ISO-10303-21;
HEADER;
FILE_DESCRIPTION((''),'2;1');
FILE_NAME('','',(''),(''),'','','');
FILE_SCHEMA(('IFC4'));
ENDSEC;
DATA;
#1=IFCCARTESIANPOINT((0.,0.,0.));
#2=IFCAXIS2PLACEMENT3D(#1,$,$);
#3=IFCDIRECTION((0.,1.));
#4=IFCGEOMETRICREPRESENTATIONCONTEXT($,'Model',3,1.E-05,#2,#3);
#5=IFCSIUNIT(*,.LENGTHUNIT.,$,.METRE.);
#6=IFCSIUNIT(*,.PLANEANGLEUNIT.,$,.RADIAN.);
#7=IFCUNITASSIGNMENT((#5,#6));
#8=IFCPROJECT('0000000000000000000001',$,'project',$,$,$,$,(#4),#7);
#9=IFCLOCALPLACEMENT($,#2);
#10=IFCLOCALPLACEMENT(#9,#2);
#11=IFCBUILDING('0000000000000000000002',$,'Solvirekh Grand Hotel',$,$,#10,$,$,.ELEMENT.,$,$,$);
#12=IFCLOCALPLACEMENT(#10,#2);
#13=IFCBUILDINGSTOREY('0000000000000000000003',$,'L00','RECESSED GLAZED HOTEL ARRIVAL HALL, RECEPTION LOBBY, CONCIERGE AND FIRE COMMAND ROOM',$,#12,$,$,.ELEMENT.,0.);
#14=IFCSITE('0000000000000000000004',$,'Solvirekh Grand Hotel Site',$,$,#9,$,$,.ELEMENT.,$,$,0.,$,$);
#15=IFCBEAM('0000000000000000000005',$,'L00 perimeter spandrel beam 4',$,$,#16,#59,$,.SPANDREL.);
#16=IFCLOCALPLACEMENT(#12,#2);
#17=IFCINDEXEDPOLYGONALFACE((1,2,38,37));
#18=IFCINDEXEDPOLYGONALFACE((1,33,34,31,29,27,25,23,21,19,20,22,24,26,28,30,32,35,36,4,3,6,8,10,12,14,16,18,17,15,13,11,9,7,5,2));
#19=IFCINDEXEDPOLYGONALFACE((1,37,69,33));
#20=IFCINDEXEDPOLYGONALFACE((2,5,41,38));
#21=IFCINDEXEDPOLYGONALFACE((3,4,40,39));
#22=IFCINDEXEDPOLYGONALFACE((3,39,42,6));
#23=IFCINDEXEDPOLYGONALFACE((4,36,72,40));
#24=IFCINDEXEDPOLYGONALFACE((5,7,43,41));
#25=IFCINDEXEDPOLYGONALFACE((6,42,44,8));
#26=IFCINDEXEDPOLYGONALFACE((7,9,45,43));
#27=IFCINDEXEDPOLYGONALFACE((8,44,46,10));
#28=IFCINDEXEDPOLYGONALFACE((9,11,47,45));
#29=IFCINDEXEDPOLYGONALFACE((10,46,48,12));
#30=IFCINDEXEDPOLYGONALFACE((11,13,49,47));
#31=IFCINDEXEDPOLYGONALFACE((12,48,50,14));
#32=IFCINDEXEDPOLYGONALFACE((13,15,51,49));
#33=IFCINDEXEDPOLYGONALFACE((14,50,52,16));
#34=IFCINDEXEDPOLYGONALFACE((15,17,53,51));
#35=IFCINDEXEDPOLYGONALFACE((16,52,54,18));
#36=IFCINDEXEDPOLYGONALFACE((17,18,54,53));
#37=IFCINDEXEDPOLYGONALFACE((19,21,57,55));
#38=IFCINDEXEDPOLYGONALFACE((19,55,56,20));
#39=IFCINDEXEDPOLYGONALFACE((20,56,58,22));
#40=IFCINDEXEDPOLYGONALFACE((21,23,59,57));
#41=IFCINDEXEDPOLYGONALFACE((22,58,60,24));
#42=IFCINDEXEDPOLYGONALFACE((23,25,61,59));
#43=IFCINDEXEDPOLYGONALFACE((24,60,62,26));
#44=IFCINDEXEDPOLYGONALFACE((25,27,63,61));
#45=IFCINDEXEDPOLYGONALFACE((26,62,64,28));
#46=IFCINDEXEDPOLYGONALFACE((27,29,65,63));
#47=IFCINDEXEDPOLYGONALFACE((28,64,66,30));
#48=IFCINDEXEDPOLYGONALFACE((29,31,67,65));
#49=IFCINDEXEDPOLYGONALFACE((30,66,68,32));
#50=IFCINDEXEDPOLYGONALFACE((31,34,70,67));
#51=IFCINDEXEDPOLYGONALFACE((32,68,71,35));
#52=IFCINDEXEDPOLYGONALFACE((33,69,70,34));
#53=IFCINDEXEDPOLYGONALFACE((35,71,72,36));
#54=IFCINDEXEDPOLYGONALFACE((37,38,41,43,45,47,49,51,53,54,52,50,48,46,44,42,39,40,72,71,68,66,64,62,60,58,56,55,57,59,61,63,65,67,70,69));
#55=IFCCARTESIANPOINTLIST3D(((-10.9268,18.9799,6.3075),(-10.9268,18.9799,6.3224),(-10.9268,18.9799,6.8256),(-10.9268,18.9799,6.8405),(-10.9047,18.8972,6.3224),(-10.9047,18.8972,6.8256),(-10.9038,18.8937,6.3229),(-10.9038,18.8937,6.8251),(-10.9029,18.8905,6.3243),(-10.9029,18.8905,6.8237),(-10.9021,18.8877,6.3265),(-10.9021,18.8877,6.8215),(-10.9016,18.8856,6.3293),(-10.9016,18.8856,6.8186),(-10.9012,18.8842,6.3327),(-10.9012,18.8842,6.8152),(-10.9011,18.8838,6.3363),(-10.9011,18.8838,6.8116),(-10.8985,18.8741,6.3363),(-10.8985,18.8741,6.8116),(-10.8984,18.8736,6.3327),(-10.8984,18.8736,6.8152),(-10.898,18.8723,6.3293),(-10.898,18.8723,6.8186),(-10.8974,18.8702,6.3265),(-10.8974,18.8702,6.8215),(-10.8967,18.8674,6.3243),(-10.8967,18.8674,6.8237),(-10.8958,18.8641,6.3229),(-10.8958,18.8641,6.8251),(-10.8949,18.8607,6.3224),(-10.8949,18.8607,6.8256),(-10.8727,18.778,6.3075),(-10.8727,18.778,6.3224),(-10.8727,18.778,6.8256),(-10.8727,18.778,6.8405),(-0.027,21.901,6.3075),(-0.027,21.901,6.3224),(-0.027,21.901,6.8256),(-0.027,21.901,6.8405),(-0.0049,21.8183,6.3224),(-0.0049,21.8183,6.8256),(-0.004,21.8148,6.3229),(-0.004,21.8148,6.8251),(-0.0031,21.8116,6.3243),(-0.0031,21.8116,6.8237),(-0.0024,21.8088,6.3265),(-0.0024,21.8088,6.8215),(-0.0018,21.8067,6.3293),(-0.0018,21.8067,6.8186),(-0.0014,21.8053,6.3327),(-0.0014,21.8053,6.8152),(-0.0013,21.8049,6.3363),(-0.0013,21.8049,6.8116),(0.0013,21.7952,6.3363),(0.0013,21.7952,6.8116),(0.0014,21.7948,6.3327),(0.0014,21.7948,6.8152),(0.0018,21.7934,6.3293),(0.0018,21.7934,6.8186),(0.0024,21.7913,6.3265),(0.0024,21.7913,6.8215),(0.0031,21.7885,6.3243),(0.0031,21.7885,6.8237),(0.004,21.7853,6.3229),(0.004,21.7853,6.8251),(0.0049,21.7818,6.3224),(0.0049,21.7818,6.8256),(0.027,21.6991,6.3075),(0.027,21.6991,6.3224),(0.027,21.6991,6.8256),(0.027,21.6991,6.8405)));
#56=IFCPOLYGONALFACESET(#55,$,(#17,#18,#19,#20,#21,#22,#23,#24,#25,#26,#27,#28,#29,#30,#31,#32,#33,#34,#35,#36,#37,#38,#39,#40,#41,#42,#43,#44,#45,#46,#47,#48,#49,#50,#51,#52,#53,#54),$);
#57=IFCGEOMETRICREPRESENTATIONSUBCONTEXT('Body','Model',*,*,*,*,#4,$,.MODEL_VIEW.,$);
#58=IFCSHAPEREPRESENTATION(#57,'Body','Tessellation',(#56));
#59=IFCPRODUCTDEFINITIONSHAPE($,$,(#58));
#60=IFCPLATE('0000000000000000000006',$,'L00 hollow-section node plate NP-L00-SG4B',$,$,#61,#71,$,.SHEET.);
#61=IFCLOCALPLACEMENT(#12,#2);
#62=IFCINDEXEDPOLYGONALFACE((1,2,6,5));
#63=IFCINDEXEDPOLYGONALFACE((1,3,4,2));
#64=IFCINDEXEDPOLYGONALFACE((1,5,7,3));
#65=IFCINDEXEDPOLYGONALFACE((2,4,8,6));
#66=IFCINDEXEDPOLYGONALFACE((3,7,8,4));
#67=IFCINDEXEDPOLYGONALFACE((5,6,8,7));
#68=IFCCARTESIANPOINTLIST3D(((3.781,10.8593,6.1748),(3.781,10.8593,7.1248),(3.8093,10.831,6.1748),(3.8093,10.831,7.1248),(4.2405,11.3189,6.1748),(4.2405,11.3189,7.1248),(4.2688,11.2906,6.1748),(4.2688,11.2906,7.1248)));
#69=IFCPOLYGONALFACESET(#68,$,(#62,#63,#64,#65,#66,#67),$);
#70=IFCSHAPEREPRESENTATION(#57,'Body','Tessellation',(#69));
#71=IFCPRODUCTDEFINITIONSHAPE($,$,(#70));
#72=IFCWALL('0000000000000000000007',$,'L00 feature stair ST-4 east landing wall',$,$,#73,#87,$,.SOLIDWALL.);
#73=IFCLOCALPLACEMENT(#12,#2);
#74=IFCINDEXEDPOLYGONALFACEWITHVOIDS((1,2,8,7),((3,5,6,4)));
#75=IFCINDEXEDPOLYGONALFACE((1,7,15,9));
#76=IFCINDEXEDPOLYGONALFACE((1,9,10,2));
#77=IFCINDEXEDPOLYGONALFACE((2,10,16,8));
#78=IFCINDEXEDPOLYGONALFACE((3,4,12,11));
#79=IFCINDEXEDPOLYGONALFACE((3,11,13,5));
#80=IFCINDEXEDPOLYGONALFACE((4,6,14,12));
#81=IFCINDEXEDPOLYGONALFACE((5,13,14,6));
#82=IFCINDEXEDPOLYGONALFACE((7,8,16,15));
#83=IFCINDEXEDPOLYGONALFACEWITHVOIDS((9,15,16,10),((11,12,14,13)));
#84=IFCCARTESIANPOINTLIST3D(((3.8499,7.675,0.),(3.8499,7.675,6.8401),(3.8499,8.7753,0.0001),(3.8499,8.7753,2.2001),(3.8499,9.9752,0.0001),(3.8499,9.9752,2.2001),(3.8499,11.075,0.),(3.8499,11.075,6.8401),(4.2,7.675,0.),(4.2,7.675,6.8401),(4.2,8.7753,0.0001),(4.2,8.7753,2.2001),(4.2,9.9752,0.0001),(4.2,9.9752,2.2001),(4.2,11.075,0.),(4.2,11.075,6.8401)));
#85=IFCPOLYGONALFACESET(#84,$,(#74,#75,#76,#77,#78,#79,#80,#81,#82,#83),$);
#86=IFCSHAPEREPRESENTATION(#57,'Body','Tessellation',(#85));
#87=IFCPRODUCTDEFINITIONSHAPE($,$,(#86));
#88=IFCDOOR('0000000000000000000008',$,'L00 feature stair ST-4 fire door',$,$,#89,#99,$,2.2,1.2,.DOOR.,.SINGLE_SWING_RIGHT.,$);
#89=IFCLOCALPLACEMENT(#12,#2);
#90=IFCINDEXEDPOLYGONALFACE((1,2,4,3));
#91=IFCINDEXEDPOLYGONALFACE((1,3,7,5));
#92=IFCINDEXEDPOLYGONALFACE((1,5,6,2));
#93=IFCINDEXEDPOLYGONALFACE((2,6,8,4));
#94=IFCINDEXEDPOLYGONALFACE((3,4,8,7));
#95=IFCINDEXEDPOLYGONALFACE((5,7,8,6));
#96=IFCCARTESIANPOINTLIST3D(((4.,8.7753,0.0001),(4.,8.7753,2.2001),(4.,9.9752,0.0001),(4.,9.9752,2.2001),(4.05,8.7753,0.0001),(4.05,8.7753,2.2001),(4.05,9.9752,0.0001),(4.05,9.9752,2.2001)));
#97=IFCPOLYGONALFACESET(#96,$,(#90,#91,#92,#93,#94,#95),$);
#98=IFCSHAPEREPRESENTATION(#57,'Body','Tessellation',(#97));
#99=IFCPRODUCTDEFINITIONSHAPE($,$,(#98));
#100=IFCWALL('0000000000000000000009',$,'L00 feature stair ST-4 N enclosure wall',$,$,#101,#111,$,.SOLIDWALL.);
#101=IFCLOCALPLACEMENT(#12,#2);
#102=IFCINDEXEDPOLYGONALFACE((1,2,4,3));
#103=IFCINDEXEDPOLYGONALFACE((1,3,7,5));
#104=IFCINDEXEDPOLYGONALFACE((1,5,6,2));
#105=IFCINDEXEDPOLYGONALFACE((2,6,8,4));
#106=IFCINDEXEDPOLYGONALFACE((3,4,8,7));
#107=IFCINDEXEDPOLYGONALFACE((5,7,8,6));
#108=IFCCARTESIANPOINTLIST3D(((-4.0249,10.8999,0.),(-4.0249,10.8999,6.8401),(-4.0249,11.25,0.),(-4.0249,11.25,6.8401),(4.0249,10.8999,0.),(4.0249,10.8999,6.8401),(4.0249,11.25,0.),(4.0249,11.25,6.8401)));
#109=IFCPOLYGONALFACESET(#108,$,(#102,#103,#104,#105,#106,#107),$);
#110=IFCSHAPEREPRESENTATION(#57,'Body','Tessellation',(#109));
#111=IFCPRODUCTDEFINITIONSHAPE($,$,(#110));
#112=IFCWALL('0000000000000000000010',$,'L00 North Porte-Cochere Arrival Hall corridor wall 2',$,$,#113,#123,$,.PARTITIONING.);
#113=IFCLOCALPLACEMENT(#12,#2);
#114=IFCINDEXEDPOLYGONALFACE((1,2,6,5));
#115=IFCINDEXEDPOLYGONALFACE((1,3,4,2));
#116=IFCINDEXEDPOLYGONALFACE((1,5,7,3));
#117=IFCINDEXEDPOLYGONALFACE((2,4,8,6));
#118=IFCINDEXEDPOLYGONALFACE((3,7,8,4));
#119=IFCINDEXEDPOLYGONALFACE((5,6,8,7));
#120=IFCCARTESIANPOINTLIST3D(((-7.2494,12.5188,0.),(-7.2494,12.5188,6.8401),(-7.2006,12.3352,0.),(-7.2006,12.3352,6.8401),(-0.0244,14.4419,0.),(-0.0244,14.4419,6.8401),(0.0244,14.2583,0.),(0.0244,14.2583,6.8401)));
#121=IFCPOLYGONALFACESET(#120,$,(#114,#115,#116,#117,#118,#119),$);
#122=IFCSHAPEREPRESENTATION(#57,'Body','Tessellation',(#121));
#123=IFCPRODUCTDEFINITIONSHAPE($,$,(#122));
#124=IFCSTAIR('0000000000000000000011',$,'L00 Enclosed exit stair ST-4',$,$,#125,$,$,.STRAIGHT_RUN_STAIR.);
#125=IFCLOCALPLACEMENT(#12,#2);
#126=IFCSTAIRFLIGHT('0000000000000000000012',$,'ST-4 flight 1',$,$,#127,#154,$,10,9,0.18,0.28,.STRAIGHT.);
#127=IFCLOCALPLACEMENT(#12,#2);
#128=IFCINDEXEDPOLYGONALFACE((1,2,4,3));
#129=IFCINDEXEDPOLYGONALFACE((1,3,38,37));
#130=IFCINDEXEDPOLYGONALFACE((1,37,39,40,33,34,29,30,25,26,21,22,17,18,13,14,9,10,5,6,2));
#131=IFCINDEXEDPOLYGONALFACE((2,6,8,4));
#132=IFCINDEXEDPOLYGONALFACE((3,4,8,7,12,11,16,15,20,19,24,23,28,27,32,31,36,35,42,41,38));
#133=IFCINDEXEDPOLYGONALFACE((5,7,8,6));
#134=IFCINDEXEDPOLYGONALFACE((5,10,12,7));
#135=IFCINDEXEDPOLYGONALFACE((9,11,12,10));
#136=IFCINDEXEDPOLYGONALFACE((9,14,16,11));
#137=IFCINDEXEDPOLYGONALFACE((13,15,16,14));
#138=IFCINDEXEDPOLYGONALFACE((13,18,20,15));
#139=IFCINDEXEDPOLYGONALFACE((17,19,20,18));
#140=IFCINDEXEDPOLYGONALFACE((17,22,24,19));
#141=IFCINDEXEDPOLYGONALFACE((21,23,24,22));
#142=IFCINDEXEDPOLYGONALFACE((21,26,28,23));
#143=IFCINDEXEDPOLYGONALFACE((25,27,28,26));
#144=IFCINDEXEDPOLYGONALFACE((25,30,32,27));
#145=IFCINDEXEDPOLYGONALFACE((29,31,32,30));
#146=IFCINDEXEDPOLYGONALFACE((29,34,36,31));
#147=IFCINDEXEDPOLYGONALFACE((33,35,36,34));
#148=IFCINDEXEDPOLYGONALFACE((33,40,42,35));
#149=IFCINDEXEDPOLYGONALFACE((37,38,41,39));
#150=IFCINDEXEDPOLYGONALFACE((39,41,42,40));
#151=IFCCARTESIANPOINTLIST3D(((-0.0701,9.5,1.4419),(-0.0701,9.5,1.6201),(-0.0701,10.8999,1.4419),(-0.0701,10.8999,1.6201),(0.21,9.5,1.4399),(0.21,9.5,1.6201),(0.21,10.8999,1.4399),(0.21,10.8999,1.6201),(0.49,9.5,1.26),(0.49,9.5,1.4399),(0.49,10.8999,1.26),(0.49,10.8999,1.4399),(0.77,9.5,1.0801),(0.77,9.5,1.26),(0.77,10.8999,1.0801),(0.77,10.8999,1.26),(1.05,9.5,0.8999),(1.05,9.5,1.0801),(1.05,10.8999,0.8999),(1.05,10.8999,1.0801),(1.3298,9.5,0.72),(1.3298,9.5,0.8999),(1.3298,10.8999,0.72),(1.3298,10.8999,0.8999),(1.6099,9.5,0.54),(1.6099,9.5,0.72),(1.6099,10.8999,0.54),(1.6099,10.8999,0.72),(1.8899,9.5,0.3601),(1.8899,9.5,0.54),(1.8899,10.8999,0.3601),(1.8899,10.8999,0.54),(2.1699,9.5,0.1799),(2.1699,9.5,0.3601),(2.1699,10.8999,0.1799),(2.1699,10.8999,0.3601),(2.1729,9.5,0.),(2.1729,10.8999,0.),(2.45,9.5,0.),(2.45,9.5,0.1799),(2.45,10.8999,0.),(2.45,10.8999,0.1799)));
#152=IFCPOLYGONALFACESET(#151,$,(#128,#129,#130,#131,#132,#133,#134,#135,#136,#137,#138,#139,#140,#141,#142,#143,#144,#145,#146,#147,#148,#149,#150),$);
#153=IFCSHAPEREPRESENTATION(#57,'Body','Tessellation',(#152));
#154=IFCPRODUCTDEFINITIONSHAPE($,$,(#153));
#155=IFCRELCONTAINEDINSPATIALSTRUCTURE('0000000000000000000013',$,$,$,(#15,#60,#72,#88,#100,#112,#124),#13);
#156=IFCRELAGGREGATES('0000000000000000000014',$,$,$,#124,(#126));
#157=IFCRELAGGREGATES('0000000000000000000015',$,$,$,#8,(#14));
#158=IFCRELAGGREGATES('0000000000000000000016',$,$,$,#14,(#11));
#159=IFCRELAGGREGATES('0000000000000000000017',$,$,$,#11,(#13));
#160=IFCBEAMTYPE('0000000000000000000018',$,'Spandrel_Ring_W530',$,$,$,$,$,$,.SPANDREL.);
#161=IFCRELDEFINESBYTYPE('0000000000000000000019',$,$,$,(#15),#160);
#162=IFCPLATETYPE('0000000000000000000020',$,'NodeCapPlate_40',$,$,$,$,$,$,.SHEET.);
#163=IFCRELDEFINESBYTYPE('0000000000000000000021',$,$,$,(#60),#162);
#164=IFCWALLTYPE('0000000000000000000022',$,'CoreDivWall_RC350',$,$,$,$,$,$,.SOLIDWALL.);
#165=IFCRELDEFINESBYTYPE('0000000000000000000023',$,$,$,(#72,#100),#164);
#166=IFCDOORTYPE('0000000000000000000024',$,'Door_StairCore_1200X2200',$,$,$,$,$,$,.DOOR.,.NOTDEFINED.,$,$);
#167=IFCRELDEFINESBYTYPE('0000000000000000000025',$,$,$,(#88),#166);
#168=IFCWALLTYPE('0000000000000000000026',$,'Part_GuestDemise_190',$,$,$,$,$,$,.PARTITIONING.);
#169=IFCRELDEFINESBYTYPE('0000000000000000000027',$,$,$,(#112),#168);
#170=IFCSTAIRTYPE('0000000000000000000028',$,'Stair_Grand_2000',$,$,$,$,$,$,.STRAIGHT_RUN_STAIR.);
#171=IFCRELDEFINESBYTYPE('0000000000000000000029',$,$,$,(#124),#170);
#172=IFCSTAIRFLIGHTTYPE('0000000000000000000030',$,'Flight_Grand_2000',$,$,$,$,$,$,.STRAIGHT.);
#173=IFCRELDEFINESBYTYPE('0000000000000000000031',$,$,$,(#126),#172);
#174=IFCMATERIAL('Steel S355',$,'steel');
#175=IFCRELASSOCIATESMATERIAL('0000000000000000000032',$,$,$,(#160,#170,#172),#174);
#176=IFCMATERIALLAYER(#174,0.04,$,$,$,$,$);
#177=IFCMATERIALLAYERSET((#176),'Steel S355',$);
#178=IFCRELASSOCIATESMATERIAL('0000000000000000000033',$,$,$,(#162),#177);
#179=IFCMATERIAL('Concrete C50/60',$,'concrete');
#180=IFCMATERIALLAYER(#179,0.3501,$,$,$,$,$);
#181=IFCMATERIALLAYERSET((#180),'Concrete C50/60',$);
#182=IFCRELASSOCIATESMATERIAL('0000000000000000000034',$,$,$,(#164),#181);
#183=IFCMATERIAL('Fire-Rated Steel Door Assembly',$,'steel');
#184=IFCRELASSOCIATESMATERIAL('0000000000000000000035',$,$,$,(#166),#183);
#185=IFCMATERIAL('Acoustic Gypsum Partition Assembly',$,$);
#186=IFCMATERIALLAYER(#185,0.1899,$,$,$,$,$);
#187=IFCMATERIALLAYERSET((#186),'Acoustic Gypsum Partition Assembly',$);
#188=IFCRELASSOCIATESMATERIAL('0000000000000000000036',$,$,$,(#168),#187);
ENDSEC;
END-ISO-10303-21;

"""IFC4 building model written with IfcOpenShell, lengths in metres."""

from ifc_helpers import new_model, si_unit, direction, frame, frame_2d, origin, origin_2d, place, context, subcontext, project, spatial, polyline, rectangle, i_section, outline, extrude, material, layer, layer_set, material_profile, profile_set, type_object, element, fill, aggregate, save


model = new_model("IFC4")

# Units and contexts
model_context = context("Model", 3, precision=1e-05, world=origin(), true_north=direction((0.0, 1.0)))
body_context = subcontext(model_context, "Body", "Model", "MODEL_VIEW")
ifc_project = project(units=[si_unit("LENGTHUNIT", "METRE"), si_unit("PLANEANGLEUNIT", "RADIAN")], contexts=[model_context])

# Site, building, storey
site_placement = place(None, origin())
site = spatial("IfcSite", under=ifc_project, at=site_placement, Name="Solvirekh Grand Hotel Site", CompositionType="ELEMENT", RefElevation=0.0)
building_placement = place(site_placement, origin())
building = spatial("IfcBuilding", under=site, at=building_placement, Name="Solvirekh Grand Hotel", CompositionType="ELEMENT")
storey_placement = place(building_placement, origin())
storey = spatial("IfcBuildingStorey", under=building, at=storey_placement, Name="L00", Description="RECESSED GLAZED HOTEL ARRIVAL HALL, RECEPTION LOBBY, CONCIERGE AND FIRE COMMAND ROOM", CompositionType="ELEMENT", Elevation=0.0)

# Shared definitions
ifc_material_1 = material(Name="Steel S355", Category="steel")

# Beam
ifc_material_profile_1 = material_profile(ifc_material_1, i_section(OverallWidth=0.209, OverallDepth=0.533, WebThickness=0.01, FlangeThickness=0.0149, FilletRadius=0.0139, at=origin_2d()), Name="W530X92")
ifc_profile_set_1 = profile_set([ifc_material_profile_1], Name="Steel S355")
beam_type_1 = type_object("IfcBeamType", Name="Spandrel_Ring_W530", PredefinedType="SPANDREL", material=ifc_profile_set_1)
beam_1_placement = place(storey_placement, frame((0.0, 21.8, 6.574), z_axis=(-0.965914, -0.258862, 0.0), x_axis=(0.258862, -0.965914, 0.0)))
element("IfcBeam", 1, at=beam_1_placement, inside=storey, type_object=beam_type_1, Name="L00 perimeter spandrel beam 4", PredefinedType="SPANDREL", context=body_context, shape_type="SweptSolid", body=[
    extrude(i_section(OverallWidth=0.209, OverallDepth=0.533, WebThickness=0.01, FlangeThickness=0.0149, FilletRadius=0.0139, at=origin_2d()), origin(), (0.0, 0.0, 1.0), 11.2844),
])

# Plate
ifc_layer_1 = layer(ifc_material_1, 0.04)
ifc_layer_set_1 = layer_set([ifc_layer_1], Name="Steel S355")
plate_type = type_object("IfcPlateType", Name="NodeCapPlate_40", PredefinedType="SHEET", material=ifc_layer_set_1)
plate_placement = place(storey_placement, frame((4.0249, 11.075, 6.1748), z_axis=(0.0, 0.0, 1.0), x_axis=(-0.707107, 0.707107, 0.0)))
element("IfcPlate", 2, at=plate_placement, inside=storey, type_object=plate_type, Name="L00 hollow-section node plate NP-L00-SG4B", PredefinedType="SHEET", context=body_context, shape_type="SweptSolid", body=[
    extrude(rectangle(XDim=0.04, YDim=0.6499, at=origin_2d()), origin(), (0.0, 0.0, 1.0), 0.95),
])

# Wall, opening, door
ifc_material_2 = material(Name="Concrete C50/60", Category="concrete")
ifc_layer_2 = layer(ifc_material_2, 0.3501)
ifc_layer_set_2 = layer_set([ifc_layer_2], Name="Concrete C50/60")
wall_type_1 = type_object("IfcWallType", Name="CoreDivWall_RC350", PredefinedType="SOLIDWALL", material=ifc_layer_set_2)
wall_1_placement = place(storey_placement, frame((4.0249, 7.675, 0.0), z_axis=(0.0, 0.0, 1.0), x_axis=(0.0, 1.0, 0.0)))
wall_1 = element("IfcWall", 3, at=wall_1_placement, inside=storey, type_object=wall_type_1, Name="L00 feature stair ST-4 east landing wall", PredefinedType="SOLIDWALL", context=body_context, shape_type="SweptSolid", body=[
    extrude(rectangle(XDim=3.3999, YDim=0.3501, at=frame_2d((1.7, 0.0))), origin(), (0.0, 0.0, 1.0), 6.8401),
])
opening_1_placement = place(wall_1_placement, frame((1.1001, 0.0, 0.0)))
opening_1 = element("IfcOpeningElement", 4, at=opening_1_placement, cuts=wall_1, PredefinedType="OPENING", context=body_context, shape_type="SweptSolid", body=[
    extrude(rectangle(XDim=1.2, YDim=2.2, at=frame_2d((0.6001, 1.1001))), frame((0.0, 0.1851, 0.0), z_axis=(0.0, -1.0, 0.0), x_axis=(1.0, 0.0, 0.0)), (0.0, 0.0, 1.0), 0.3701),
])
ifc_material_3 = material(Name="Fire-Rated Steel Door Assembly", Category="steel")
door_type_1 = type_object("IfcDoorType", Name="Door_StairCore_1200X2200", OperationType="NOTDEFINED", PredefinedType="DOOR", material=ifc_material_3)
door_1_placement = place(opening_1_placement, origin())
door_1 = element("IfcDoor", 5, at=door_1_placement, inside=storey, type_object=door_type_1, Name="L00 feature stair ST-4 fire door", OperationType="SINGLE_SWING_RIGHT", OverallHeight=2.2, OverallWidth=1.2, PredefinedType="DOOR", context=body_context, shape_type="SweptSolid", body=[
    extrude(rectangle(XDim=1.2, YDim=2.2, at=frame_2d((0.6001, 1.1001))), frame((0.0, 0.0249, 0.0), z_axis=(0.0, -1.0, 0.0), x_axis=(1.0, 0.0, 0.0)), (0.0, 0.0, 1.0), 0.05),
])
fill(opening_1, door_1)

# Wall
wall_2_placement = place(storey_placement, frame((4.0249, 11.075, 0.0), z_axis=(0.0, 0.0, 1.0), x_axis=(-1.0, 0.0, 0.0)))
element("IfcWall", 6, at=wall_2_placement, inside=storey, type_object=wall_type_1, Name="L00 feature stair ST-4 N enclosure wall", PredefinedType="SOLIDWALL", context=body_context, shape_type="SweptSolid", body=[
    extrude(rectangle(XDim=8.0498, YDim=0.3501, at=frame_2d((4.0249, 0.0))), origin(), (0.0, 0.0, 1.0), 6.8401),
])

# Wall
ifc_material_4 = material(Name="Acoustic Gypsum Partition Assembly")
ifc_layer_3 = layer(ifc_material_4, 0.1899)
ifc_layer_set_3 = layer_set([ifc_layer_3], Name="Acoustic Gypsum Partition Assembly")
wall_type_2 = type_object("IfcWallType", Name="Part_GuestDemise_190", PredefinedType="PARTITIONING", material=ifc_layer_set_3)
wall_3_placement = place(storey_placement, frame((0.0, 14.3501, 0.0), z_axis=(0.0, 0.0, 1.0), x_axis=(-0.966355, -0.257213, 0.0)))
element("IfcWall", 7, at=wall_3_placement, inside=storey, type_object=wall_type_2, Name="L00 North Porte-Cochere Arrival Hall corridor wall 2", PredefinedType="PARTITIONING", context=body_context, shape_type="SweptSolid", body=[
    extrude(rectangle(XDim=7.4766, YDim=0.1899, at=frame_2d((3.7383, 0.0))), origin(), (0.0, 0.0, 1.0), 6.8401),
])

# Stair, stair flight
stair_type = type_object("IfcStairType", Name="Stair_Grand_2000", PredefinedType="STRAIGHT_RUN_STAIR", material=ifc_material_1)
stair_placement = place(storey_placement, origin())
stair = element("IfcStair", 8, at=stair_placement, inside=storey, type_object=stair_type, Name="L00 Enclosed exit stair ST-4", PredefinedType="STRAIGHT_RUN_STAIR")
stair_flight_type = type_object("IfcStairFlightType", Name="Flight_Grand_2000", PredefinedType="STRAIGHT", material=ifc_material_1)
stair_flight_1_placement = place(storey_placement, frame((2.45, 10.2, 0.0), z_axis=(0.0, 0.0, 1.0), x_axis=(-1.0, 0.0, 0.0)))
stair_flight_1 = element("IfcStairFlight", 9, at=stair_flight_1_placement, type_object=stair_flight_type, Name="ST-4 flight 1", NumberOfRisers=10, NumberOfTreads=9, PredefinedType="STRAIGHT", RiserHeight=0.18, TreadLength=0.28, context=body_context, shape_type="SweptSolid", body=[
    extrude(outline(polyline([(0.0, 0.0), (0.0, 0.1799), (0.28, 0.1799), (0.28, 0.3601), (0.5601, 0.3601), (0.5601, 0.54), (0.8401, 0.54), (0.8401, 0.72), (1.1201, 0.72), (1.1201, 0.8999), (1.3999, 0.8999), (1.3999, 1.0801), (1.6799, 1.0801), (1.6799, 1.26), (1.96, 1.26), (1.96, 1.4399), (2.24, 1.4399), (2.24, 1.6201), (2.52, 1.6201), (2.52, 1.8), (2.52, 1.4419), (0.2771, 0.0), (0.0, 0.0)])), frame((0.0, 0.7, 0.0), z_axis=(0.0, -1.0, 0.0), x_axis=(1.0, 0.0, 0.0)), (0.0, 0.0, 1.0), 1.3999),
])
aggregate(stair, [stair_flight_1])

save(model, "model.ifc")
